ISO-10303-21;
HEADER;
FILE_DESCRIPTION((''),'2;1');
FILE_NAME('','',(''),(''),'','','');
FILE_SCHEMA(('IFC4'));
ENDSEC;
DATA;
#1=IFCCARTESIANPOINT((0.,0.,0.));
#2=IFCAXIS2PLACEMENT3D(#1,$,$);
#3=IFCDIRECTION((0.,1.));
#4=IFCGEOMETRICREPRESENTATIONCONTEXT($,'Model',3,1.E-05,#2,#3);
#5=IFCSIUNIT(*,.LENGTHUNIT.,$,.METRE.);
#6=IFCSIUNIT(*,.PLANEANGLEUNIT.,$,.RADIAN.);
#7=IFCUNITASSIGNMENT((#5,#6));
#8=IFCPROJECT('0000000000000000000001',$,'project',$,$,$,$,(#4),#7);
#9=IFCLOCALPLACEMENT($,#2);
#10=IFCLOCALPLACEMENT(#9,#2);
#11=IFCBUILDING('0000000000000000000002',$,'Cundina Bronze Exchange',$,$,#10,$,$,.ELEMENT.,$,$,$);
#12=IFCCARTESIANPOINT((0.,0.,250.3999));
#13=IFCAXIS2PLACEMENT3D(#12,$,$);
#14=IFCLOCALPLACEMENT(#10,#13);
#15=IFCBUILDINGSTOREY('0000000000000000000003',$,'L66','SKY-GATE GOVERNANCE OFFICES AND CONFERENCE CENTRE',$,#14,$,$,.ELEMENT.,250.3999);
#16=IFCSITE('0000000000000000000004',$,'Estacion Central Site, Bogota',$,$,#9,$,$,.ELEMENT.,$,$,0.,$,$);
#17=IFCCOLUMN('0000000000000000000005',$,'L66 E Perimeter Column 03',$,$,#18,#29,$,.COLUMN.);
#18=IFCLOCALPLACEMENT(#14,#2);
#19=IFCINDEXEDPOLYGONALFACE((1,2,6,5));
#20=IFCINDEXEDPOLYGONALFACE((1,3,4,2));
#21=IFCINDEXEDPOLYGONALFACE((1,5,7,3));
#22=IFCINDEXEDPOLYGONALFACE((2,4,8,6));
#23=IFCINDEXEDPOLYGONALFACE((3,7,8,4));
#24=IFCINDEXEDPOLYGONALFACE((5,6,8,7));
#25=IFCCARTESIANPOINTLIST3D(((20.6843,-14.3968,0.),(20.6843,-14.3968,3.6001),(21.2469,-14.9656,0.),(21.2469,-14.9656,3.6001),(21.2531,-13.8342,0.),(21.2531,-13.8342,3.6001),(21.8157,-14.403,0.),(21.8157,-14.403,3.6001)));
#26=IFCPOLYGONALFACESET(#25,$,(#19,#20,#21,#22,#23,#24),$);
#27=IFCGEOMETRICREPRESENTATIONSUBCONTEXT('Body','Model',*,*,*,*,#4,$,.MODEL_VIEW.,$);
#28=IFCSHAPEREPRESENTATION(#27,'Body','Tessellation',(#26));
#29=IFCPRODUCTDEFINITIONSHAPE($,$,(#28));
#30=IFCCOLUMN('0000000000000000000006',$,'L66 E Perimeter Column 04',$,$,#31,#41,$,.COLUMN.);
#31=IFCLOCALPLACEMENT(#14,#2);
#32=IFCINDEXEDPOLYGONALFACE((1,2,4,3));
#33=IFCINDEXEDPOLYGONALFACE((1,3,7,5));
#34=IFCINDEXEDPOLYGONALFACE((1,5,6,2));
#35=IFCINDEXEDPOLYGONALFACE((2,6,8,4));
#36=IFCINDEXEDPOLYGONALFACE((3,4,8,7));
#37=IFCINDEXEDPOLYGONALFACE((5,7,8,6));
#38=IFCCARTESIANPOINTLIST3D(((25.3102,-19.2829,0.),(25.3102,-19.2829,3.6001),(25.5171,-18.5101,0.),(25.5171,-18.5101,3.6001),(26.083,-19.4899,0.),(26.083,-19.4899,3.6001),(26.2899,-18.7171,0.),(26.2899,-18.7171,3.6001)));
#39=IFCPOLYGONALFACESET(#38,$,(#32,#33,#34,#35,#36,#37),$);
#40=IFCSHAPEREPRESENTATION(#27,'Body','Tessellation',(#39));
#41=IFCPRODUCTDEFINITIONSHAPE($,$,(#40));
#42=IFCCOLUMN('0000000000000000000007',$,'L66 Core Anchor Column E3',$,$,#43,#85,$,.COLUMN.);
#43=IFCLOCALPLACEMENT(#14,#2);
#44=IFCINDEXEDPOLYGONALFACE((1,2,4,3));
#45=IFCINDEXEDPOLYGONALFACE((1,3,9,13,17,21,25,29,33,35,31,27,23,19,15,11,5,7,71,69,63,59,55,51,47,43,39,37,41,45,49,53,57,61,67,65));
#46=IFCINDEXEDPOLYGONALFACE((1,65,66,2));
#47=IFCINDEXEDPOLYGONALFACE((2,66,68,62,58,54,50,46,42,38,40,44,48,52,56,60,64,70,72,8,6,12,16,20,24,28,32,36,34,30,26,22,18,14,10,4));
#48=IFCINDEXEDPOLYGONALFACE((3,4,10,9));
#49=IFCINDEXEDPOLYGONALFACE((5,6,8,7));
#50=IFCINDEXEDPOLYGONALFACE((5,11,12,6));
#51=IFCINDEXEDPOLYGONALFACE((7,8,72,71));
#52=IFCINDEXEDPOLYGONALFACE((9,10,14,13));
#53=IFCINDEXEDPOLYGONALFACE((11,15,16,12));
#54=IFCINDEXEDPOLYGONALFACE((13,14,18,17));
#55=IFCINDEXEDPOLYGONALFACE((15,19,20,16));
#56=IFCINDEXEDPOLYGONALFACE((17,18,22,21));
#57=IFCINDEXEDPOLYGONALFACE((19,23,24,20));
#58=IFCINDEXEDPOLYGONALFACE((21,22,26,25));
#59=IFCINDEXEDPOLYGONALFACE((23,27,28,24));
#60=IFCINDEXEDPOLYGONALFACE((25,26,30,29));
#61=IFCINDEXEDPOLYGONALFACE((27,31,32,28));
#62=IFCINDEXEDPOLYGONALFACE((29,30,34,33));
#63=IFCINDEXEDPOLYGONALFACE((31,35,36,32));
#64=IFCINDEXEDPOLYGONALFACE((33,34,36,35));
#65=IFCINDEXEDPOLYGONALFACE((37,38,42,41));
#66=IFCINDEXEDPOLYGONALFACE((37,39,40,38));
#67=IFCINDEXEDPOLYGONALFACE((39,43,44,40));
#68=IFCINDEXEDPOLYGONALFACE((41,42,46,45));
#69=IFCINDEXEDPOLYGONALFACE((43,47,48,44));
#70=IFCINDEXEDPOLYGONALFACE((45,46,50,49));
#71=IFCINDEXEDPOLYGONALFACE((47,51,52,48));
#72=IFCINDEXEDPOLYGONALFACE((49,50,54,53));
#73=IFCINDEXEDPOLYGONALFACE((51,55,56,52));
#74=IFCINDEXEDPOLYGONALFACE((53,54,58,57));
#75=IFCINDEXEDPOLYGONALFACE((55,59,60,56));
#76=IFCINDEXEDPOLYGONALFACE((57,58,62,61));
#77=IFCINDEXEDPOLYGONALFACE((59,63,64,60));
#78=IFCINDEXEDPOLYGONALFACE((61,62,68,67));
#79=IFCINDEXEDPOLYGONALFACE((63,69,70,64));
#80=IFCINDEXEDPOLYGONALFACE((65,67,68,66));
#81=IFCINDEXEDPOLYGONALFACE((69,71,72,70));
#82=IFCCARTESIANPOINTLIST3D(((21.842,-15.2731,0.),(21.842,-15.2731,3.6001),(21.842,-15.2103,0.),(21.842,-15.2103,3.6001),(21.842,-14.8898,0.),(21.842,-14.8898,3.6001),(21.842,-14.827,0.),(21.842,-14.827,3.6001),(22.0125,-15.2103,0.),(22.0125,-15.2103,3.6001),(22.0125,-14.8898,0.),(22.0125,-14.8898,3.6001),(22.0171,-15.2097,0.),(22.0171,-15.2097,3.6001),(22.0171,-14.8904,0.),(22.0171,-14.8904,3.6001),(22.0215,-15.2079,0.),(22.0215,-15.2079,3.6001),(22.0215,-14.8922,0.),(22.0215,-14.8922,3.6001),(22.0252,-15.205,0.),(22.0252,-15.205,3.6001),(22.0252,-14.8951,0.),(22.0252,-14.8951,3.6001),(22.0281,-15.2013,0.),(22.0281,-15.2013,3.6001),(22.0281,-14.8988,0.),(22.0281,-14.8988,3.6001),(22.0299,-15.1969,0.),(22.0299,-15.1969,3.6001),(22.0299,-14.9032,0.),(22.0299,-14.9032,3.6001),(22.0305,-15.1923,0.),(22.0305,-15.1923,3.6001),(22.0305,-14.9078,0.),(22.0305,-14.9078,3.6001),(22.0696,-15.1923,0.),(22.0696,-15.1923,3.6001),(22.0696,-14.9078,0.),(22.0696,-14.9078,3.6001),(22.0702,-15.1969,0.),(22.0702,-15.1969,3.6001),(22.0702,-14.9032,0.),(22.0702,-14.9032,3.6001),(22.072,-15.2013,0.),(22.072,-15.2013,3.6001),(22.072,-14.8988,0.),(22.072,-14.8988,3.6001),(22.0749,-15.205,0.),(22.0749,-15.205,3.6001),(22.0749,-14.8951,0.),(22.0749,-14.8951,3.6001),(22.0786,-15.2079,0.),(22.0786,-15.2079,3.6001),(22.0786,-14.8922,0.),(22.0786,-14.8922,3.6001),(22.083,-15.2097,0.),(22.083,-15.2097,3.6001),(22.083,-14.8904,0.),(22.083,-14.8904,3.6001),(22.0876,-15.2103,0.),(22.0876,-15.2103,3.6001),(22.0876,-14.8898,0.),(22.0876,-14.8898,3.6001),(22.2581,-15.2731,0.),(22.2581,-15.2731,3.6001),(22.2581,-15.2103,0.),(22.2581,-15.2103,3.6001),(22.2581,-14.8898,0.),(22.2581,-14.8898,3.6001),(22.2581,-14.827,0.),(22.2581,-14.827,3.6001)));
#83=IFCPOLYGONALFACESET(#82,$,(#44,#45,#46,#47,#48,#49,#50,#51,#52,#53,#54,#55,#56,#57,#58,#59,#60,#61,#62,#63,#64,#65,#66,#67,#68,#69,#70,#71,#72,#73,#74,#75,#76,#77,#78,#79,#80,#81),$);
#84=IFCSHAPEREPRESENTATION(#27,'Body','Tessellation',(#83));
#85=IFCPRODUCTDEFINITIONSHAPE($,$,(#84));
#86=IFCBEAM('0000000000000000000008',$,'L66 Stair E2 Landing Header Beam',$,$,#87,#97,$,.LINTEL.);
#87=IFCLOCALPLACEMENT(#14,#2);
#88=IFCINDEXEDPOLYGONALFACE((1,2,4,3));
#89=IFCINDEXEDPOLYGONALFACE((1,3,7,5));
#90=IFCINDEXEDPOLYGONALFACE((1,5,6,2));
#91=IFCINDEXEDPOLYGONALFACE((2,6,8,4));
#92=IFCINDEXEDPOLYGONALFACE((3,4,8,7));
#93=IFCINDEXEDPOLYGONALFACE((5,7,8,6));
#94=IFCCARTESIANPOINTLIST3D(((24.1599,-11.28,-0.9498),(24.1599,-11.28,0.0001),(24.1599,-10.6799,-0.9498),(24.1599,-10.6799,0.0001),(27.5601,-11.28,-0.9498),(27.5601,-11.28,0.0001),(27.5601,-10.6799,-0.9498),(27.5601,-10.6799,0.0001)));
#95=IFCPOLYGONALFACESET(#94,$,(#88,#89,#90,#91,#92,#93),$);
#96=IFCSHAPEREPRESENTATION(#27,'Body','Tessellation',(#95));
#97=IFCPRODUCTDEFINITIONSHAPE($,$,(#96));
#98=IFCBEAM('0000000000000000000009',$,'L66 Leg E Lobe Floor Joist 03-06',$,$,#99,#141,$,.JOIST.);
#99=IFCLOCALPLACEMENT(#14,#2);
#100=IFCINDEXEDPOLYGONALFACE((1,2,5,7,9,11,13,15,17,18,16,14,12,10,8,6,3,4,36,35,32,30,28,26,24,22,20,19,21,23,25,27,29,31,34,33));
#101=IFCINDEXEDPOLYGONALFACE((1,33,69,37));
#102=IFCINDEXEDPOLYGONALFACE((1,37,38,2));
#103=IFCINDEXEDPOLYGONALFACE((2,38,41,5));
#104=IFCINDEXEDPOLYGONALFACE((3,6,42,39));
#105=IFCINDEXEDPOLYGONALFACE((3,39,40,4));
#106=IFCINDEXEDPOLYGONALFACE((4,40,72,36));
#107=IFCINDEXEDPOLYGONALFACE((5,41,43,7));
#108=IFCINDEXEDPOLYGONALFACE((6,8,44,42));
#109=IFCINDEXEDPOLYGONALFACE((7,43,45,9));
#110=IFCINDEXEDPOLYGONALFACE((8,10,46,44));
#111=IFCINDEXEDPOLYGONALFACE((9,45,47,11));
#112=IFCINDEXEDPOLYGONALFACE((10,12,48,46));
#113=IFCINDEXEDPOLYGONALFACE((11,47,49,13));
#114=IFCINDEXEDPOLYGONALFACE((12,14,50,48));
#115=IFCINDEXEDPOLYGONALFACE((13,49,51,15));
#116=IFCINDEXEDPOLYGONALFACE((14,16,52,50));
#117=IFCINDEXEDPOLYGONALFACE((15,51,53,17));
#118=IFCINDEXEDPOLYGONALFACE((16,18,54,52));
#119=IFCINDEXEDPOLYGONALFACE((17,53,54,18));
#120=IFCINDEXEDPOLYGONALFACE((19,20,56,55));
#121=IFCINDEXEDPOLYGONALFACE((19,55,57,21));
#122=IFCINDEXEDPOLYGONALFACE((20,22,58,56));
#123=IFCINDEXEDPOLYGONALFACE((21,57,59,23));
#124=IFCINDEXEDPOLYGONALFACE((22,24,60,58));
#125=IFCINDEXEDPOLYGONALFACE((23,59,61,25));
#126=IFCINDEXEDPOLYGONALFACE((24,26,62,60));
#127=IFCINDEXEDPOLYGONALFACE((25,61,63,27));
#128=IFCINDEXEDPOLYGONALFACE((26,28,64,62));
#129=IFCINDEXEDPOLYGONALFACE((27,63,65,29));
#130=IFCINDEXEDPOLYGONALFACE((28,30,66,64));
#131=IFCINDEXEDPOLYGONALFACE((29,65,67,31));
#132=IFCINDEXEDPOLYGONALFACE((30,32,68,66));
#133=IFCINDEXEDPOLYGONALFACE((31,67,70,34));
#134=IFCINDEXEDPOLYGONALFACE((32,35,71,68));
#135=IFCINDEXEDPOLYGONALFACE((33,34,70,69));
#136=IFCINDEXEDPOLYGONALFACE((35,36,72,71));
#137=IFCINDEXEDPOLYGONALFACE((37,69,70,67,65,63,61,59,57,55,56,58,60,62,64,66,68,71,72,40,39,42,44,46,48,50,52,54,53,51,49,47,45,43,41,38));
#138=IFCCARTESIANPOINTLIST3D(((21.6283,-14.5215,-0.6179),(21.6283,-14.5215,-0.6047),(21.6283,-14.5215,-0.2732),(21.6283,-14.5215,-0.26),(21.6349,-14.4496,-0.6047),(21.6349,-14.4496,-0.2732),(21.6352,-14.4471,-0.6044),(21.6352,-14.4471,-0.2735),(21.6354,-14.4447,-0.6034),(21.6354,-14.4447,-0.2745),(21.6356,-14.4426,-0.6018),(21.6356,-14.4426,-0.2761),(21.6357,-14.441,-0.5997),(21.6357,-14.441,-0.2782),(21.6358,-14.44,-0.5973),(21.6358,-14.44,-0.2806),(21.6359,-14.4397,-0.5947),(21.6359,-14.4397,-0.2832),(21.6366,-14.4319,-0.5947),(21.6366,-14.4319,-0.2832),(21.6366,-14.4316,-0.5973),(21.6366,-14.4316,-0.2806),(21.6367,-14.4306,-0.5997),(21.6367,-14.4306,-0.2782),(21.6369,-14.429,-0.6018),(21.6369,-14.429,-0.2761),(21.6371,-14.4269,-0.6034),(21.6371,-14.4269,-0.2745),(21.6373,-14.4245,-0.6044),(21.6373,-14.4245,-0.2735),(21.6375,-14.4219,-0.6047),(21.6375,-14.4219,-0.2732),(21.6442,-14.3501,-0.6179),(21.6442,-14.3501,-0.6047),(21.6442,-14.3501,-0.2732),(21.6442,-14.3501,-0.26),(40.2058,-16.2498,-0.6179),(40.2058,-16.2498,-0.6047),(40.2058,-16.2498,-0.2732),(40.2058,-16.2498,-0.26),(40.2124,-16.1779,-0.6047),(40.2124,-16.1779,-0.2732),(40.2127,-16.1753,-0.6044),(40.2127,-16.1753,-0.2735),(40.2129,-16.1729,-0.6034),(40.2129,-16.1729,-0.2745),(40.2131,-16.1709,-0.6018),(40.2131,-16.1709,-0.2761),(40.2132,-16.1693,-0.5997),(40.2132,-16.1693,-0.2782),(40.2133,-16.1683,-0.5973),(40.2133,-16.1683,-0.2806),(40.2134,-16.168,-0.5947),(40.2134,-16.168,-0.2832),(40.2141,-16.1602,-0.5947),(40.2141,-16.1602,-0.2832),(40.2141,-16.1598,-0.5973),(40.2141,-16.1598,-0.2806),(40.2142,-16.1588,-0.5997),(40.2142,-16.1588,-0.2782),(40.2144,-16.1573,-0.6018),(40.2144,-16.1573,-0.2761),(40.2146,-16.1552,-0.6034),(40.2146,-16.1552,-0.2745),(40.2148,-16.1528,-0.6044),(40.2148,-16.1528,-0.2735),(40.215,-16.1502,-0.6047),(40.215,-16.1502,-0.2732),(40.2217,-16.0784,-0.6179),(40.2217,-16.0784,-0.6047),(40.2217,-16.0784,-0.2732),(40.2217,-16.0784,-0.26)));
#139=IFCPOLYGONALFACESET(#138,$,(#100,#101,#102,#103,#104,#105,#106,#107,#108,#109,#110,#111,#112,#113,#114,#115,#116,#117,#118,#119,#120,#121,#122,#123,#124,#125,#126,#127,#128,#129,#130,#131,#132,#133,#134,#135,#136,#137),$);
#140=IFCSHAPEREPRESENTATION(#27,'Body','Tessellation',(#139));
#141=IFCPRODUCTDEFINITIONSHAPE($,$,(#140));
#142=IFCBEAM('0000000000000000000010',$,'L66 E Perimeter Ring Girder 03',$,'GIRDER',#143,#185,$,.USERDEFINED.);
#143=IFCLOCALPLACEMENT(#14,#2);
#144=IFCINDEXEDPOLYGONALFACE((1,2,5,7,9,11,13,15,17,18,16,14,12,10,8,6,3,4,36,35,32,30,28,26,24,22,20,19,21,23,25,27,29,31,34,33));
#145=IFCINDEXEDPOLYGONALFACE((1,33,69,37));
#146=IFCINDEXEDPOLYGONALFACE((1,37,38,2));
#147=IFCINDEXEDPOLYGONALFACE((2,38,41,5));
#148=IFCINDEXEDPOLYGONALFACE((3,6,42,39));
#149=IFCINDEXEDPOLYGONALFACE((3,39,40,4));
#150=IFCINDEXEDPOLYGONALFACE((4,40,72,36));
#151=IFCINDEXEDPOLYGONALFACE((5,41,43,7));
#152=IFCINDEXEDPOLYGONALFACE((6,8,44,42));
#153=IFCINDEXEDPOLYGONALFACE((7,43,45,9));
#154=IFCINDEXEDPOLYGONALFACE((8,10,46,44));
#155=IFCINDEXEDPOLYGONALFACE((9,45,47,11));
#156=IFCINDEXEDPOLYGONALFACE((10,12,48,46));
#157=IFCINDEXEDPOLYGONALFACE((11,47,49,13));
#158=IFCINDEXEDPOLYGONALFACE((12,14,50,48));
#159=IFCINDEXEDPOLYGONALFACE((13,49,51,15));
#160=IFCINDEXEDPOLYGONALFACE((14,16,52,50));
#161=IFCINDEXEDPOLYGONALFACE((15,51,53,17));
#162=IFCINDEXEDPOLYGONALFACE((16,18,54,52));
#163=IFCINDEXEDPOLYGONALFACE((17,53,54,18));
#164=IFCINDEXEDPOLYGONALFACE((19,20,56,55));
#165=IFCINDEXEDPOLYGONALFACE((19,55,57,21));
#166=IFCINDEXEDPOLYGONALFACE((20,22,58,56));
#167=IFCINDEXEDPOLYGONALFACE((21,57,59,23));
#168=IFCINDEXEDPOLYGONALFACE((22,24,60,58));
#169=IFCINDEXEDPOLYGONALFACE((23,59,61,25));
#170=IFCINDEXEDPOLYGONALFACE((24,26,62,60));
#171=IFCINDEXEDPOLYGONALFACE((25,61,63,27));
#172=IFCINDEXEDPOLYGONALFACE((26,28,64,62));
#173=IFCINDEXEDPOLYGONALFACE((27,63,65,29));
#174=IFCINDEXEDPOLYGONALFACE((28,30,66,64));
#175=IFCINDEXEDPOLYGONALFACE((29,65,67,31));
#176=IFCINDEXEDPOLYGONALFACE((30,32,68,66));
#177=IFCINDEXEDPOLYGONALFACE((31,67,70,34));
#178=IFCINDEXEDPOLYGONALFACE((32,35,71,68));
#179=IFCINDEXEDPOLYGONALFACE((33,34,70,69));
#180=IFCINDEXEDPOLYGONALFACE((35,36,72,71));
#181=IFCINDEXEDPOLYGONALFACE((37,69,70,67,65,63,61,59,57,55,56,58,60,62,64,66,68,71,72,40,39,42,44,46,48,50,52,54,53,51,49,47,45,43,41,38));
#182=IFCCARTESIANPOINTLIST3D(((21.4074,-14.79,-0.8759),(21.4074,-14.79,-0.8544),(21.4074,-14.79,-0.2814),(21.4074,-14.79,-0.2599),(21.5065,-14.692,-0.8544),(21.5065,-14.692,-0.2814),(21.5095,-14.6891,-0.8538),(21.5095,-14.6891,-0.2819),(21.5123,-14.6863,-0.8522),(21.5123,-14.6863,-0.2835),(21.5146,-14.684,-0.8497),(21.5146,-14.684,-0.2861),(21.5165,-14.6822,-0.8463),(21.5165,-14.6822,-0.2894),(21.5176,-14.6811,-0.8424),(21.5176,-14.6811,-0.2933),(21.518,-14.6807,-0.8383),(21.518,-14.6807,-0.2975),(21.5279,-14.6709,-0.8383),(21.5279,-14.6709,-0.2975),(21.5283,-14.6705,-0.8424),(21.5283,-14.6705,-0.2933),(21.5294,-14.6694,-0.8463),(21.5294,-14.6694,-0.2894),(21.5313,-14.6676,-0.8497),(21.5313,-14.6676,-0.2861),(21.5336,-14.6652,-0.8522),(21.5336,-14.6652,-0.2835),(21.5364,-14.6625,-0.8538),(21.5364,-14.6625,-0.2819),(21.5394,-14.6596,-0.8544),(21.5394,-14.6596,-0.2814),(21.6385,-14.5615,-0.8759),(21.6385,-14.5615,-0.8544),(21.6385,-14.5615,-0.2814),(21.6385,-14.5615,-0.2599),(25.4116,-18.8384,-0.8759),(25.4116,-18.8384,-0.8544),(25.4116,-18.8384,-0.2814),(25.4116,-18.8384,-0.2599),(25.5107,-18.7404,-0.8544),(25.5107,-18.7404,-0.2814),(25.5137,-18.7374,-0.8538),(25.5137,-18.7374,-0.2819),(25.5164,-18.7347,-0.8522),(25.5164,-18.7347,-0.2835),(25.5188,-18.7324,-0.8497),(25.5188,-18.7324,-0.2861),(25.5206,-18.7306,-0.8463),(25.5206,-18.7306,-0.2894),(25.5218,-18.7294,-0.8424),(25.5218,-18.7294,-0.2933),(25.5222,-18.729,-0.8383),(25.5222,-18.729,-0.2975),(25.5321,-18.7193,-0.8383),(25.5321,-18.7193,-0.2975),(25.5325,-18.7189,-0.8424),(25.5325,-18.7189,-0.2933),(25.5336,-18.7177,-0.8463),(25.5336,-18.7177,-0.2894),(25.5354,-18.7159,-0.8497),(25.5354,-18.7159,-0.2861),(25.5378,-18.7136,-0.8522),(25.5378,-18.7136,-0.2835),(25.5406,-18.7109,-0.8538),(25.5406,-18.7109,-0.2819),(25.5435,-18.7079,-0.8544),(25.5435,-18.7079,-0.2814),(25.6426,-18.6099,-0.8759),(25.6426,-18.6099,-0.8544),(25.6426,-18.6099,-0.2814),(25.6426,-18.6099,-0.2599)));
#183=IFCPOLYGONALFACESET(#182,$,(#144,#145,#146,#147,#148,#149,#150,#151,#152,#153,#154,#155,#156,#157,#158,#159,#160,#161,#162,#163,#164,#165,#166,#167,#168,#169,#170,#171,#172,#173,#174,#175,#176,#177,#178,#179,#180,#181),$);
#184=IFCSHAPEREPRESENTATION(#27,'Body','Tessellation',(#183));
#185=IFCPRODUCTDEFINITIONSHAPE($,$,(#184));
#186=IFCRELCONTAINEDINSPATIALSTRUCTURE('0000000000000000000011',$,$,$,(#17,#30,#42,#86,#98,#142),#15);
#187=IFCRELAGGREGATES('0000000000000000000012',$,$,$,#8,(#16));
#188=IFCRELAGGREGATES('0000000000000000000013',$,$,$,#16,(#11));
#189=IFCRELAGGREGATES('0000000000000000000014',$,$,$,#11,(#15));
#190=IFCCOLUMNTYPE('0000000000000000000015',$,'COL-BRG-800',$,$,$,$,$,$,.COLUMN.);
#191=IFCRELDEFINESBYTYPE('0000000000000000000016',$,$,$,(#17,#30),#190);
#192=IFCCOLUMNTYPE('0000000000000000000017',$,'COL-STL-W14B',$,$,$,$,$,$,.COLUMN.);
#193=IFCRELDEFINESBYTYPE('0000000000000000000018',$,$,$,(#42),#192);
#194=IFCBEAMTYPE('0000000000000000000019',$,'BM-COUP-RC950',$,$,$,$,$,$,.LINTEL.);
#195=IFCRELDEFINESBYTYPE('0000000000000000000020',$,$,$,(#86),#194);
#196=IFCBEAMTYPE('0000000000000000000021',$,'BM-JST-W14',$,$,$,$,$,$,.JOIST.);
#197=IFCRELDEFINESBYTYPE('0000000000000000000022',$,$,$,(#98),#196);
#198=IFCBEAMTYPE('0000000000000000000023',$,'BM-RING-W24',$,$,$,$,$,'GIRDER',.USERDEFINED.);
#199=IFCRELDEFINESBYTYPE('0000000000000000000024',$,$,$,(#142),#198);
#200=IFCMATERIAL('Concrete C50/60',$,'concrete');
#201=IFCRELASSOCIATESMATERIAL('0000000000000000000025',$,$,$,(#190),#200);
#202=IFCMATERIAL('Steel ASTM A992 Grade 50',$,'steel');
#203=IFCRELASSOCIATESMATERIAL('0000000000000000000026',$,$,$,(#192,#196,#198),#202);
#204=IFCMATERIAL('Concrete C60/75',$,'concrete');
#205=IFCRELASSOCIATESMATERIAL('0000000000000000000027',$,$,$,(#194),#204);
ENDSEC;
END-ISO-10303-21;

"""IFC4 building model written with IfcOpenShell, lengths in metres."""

from ifc_helpers import new_model, si_unit, direction, frame, origin, origin_2d, place, context, subcontext, project, spatial, rectangle, i_section, extrude, material, material_profile, profile_set, type_object, element, save


model = new_model("IFC4")

# Units and contexts
model_context = context("Model", 3, precision=1e-05, world=origin(), true_north=direction((0.0, 1.0)))
body_context = subcontext(model_context, "Body", "Model", "MODEL_VIEW")
ifc_project = project(units=[si_unit("LENGTHUNIT", "METRE"), si_unit("PLANEANGLEUNIT", "RADIAN")], contexts=[model_context])

# Site, building, storey
site_placement = place(None, origin())
site = spatial("IfcSite", under=ifc_project, at=site_placement, Name="Estacion Central Site, Bogota", CompositionType="ELEMENT", RefElevation=0.0)
building_placement = place(site_placement, origin())
building = spatial("IfcBuilding", under=site, at=building_placement, Name="Cundina Bronze Exchange", CompositionType="ELEMENT")
storey_placement = place(building_placement, frame((0.0, 0.0, 250.3999)))
storey = spatial("IfcBuildingStorey", under=building, at=storey_placement, Name="L66", Description="SKY-GATE GOVERNANCE OFFICES AND CONFERENCE CENTRE", CompositionType="ELEMENT", Elevation=250.3999)

# Columns
ifc_material_1 = material(Name="Concrete C50/60", Category="concrete")
ifc_material_profile_1 = material_profile(ifc_material_1, rectangle(XDim=0.8, YDim=0.8, at=origin_2d()), Name="RC800X800", Category="concrete")
ifc_profile_set_1 = profile_set([ifc_material_profile_1], Name="Concrete C50/60")
column_type_1 = type_object("IfcColumnType", Name="COL-BRG-800", PredefinedType="COLUMN", material=ifc_profile_set_1)
for number, where, z_axis, x_axis, name in (
    (1, (21.25, -14.3999, 0.0), (0.0, 0.0, 1.0), (0.703271, -0.710922, 0.0), "L66 E Perimeter Column 03"),
    (2, (25.8, -19.0, 0.0), (0.0, 0.0, 1.0), (0.965971, -0.25865, 0.0), "L66 E Perimeter Column 04"),
):
    element("IfcColumn", number, at=place(storey_placement, frame(where, z_axis=z_axis, x_axis=x_axis)), inside=storey, type_object=column_type_1, Name=name, PredefinedType="COLUMN", context=body_context, shape_type="SweptSolid", body=[
        extrude(rectangle(XDim=0.8, YDim=0.8, at=origin_2d()), origin(), (0.0, 0.0, 1.0), 3.6001),
    ])
ifc_material_2 = material(Name="Steel ASTM A992 Grade 50", Category="steel")
ifc_material_profile_2 = material_profile(ifc_material_2, i_section(OverallWidth=0.416, OverallDepth=0.446, WebThickness=0.0391, FlangeThickness=0.0627, FilletRadius=0.0181, at=origin_2d()), Name="W14X342", Category="steel")
ifc_profile_set_2 = profile_set([ifc_material_profile_2], Name="Steel ASTM A992 Grade 50")
column_type_2 = type_object("IfcColumnType", Name="COL-STL-W14B", PredefinedType="COLUMN", material=ifc_profile_set_2)
column_placement = place(storey_placement, frame((22.05, -15.05, 0.0), z_axis=(0.0, 0.0, 1.0), x_axis=(1.0, 0.0, 0.0)))
element("IfcColumn", 3, at=column_placement, inside=storey, type_object=column_type_2, Name="L66 Core Anchor Column E3", PredefinedType="COLUMN", context=body_context, shape_type="SweptSolid", body=[
    extrude(i_section(OverallWidth=0.416, OverallDepth=0.446, WebThickness=0.0391, FlangeThickness=0.0627, FilletRadius=0.0181, at=origin_2d()), origin(), (0.0, 0.0, 1.0), 3.6001),
])

# Beams
ifc_material_3 = material(Name="Concrete C60/75", Category="concrete")
ifc_material_profile_3 = material_profile(ifc_material_3, rectangle(XDim=0.6001, YDim=0.95, at=origin_2d()), Name="RC600X950", Category="concrete")
ifc_profile_set_3 = profile_set([ifc_material_profile_3], Name="Concrete C60/75")
beam_type_1 = type_object("IfcBeamType", Name="BM-COUP-RC950", PredefinedType="LINTEL", material=ifc_profile_set_3)
beam_1_placement = place(storey_placement, frame((24.1599, -10.98, -0.4749), z_axis=(1.0, 0.0, 0.0), x_axis=(0.0, 1.0, 0.0)))
element("IfcBeam", 4, at=beam_1_placement, inside=storey, type_object=beam_type_1, Name="L66 Stair E2 Landing Header Beam", PredefinedType="LINTEL", context=body_context, shape_type="SweptSolid", body=[
    extrude(rectangle(XDim=0.6001, YDim=0.95, at=origin_2d()), origin(), (0.0, 0.0, 1.0), 3.4001),
])
ifc_material_profile_4 = material_profile(ifc_material_2, i_section(OverallWidth=0.1721, OverallDepth=0.3579, WebThickness=0.0078, FlangeThickness=0.0132, FilletRadius=0.01, at=origin_2d()), Name="W14X38", Category="steel")
ifc_profile_set_4 = profile_set([ifc_material_profile_4], Name="Steel ASTM A992 Grade 50")
beam_type_2 = type_object("IfcBeamType", Name="BM-JST-W14", PredefinedType="JOIST", material=ifc_profile_set_4)
beam_2_placement = place(storey_placement, frame((21.6362, -14.4358, -0.439), z_axis=(0.995701, -0.092631, 0.0), x_axis=(0.092631, 0.995701, 0.0)))
element("IfcBeam", 5, at=beam_2_placement, inside=storey, type_object=beam_type_2, Name="L66 Leg E Lobe Floor Joist 03-06", PredefinedType="JOIST", context=body_context, shape_type="SweptSolid", body=[
    extrude(i_section(OverallWidth=0.1721, OverallDepth=0.3579, WebThickness=0.0078, FlangeThickness=0.0132, FilletRadius=0.01, at=origin_2d()), origin(), (0.0, 0.0, 1.0), 18.6577),
])
ifc_material_profile_5 = material_profile(ifc_material_2, i_section(OverallWidth=0.325, OverallDepth=0.616, WebThickness=0.0139, FlangeThickness=0.0215, FilletRadius=0.0161, at=origin_2d()), Name="W24X117", Category="steel")
ifc_profile_set_5 = profile_set([ifc_material_profile_5], Name="Steel ASTM A992 Grade 50")
beam_type_3 = type_object("IfcBeamType", Name="BM-RING-W24", ElementType="GIRDER", PredefinedType="USERDEFINED", material=ifc_profile_set_5)
beam_3_placement = place(storey_placement, frame((21.5229, -14.6758, -0.5679), z_axis=(0.703216, -0.710976, 0.0), x_axis=(0.710976, 0.703216, 0.0)))
element("IfcBeam", 6, at=beam_3_placement, inside=storey, type_object=beam_type_3, Name="L66 E Perimeter Ring Girder 03", ObjectType="GIRDER", PredefinedType="USERDEFINED", context=body_context, shape_type="SweptSolid", body=[
    extrude(i_section(OverallWidth=0.325, OverallDepth=0.616, WebThickness=0.0139, FlangeThickness=0.0215, FilletRadius=0.0161, at=origin_2d()), origin(), (0.0, 0.0, 1.0), 5.6941),
])

save(model, "model.ifc")
